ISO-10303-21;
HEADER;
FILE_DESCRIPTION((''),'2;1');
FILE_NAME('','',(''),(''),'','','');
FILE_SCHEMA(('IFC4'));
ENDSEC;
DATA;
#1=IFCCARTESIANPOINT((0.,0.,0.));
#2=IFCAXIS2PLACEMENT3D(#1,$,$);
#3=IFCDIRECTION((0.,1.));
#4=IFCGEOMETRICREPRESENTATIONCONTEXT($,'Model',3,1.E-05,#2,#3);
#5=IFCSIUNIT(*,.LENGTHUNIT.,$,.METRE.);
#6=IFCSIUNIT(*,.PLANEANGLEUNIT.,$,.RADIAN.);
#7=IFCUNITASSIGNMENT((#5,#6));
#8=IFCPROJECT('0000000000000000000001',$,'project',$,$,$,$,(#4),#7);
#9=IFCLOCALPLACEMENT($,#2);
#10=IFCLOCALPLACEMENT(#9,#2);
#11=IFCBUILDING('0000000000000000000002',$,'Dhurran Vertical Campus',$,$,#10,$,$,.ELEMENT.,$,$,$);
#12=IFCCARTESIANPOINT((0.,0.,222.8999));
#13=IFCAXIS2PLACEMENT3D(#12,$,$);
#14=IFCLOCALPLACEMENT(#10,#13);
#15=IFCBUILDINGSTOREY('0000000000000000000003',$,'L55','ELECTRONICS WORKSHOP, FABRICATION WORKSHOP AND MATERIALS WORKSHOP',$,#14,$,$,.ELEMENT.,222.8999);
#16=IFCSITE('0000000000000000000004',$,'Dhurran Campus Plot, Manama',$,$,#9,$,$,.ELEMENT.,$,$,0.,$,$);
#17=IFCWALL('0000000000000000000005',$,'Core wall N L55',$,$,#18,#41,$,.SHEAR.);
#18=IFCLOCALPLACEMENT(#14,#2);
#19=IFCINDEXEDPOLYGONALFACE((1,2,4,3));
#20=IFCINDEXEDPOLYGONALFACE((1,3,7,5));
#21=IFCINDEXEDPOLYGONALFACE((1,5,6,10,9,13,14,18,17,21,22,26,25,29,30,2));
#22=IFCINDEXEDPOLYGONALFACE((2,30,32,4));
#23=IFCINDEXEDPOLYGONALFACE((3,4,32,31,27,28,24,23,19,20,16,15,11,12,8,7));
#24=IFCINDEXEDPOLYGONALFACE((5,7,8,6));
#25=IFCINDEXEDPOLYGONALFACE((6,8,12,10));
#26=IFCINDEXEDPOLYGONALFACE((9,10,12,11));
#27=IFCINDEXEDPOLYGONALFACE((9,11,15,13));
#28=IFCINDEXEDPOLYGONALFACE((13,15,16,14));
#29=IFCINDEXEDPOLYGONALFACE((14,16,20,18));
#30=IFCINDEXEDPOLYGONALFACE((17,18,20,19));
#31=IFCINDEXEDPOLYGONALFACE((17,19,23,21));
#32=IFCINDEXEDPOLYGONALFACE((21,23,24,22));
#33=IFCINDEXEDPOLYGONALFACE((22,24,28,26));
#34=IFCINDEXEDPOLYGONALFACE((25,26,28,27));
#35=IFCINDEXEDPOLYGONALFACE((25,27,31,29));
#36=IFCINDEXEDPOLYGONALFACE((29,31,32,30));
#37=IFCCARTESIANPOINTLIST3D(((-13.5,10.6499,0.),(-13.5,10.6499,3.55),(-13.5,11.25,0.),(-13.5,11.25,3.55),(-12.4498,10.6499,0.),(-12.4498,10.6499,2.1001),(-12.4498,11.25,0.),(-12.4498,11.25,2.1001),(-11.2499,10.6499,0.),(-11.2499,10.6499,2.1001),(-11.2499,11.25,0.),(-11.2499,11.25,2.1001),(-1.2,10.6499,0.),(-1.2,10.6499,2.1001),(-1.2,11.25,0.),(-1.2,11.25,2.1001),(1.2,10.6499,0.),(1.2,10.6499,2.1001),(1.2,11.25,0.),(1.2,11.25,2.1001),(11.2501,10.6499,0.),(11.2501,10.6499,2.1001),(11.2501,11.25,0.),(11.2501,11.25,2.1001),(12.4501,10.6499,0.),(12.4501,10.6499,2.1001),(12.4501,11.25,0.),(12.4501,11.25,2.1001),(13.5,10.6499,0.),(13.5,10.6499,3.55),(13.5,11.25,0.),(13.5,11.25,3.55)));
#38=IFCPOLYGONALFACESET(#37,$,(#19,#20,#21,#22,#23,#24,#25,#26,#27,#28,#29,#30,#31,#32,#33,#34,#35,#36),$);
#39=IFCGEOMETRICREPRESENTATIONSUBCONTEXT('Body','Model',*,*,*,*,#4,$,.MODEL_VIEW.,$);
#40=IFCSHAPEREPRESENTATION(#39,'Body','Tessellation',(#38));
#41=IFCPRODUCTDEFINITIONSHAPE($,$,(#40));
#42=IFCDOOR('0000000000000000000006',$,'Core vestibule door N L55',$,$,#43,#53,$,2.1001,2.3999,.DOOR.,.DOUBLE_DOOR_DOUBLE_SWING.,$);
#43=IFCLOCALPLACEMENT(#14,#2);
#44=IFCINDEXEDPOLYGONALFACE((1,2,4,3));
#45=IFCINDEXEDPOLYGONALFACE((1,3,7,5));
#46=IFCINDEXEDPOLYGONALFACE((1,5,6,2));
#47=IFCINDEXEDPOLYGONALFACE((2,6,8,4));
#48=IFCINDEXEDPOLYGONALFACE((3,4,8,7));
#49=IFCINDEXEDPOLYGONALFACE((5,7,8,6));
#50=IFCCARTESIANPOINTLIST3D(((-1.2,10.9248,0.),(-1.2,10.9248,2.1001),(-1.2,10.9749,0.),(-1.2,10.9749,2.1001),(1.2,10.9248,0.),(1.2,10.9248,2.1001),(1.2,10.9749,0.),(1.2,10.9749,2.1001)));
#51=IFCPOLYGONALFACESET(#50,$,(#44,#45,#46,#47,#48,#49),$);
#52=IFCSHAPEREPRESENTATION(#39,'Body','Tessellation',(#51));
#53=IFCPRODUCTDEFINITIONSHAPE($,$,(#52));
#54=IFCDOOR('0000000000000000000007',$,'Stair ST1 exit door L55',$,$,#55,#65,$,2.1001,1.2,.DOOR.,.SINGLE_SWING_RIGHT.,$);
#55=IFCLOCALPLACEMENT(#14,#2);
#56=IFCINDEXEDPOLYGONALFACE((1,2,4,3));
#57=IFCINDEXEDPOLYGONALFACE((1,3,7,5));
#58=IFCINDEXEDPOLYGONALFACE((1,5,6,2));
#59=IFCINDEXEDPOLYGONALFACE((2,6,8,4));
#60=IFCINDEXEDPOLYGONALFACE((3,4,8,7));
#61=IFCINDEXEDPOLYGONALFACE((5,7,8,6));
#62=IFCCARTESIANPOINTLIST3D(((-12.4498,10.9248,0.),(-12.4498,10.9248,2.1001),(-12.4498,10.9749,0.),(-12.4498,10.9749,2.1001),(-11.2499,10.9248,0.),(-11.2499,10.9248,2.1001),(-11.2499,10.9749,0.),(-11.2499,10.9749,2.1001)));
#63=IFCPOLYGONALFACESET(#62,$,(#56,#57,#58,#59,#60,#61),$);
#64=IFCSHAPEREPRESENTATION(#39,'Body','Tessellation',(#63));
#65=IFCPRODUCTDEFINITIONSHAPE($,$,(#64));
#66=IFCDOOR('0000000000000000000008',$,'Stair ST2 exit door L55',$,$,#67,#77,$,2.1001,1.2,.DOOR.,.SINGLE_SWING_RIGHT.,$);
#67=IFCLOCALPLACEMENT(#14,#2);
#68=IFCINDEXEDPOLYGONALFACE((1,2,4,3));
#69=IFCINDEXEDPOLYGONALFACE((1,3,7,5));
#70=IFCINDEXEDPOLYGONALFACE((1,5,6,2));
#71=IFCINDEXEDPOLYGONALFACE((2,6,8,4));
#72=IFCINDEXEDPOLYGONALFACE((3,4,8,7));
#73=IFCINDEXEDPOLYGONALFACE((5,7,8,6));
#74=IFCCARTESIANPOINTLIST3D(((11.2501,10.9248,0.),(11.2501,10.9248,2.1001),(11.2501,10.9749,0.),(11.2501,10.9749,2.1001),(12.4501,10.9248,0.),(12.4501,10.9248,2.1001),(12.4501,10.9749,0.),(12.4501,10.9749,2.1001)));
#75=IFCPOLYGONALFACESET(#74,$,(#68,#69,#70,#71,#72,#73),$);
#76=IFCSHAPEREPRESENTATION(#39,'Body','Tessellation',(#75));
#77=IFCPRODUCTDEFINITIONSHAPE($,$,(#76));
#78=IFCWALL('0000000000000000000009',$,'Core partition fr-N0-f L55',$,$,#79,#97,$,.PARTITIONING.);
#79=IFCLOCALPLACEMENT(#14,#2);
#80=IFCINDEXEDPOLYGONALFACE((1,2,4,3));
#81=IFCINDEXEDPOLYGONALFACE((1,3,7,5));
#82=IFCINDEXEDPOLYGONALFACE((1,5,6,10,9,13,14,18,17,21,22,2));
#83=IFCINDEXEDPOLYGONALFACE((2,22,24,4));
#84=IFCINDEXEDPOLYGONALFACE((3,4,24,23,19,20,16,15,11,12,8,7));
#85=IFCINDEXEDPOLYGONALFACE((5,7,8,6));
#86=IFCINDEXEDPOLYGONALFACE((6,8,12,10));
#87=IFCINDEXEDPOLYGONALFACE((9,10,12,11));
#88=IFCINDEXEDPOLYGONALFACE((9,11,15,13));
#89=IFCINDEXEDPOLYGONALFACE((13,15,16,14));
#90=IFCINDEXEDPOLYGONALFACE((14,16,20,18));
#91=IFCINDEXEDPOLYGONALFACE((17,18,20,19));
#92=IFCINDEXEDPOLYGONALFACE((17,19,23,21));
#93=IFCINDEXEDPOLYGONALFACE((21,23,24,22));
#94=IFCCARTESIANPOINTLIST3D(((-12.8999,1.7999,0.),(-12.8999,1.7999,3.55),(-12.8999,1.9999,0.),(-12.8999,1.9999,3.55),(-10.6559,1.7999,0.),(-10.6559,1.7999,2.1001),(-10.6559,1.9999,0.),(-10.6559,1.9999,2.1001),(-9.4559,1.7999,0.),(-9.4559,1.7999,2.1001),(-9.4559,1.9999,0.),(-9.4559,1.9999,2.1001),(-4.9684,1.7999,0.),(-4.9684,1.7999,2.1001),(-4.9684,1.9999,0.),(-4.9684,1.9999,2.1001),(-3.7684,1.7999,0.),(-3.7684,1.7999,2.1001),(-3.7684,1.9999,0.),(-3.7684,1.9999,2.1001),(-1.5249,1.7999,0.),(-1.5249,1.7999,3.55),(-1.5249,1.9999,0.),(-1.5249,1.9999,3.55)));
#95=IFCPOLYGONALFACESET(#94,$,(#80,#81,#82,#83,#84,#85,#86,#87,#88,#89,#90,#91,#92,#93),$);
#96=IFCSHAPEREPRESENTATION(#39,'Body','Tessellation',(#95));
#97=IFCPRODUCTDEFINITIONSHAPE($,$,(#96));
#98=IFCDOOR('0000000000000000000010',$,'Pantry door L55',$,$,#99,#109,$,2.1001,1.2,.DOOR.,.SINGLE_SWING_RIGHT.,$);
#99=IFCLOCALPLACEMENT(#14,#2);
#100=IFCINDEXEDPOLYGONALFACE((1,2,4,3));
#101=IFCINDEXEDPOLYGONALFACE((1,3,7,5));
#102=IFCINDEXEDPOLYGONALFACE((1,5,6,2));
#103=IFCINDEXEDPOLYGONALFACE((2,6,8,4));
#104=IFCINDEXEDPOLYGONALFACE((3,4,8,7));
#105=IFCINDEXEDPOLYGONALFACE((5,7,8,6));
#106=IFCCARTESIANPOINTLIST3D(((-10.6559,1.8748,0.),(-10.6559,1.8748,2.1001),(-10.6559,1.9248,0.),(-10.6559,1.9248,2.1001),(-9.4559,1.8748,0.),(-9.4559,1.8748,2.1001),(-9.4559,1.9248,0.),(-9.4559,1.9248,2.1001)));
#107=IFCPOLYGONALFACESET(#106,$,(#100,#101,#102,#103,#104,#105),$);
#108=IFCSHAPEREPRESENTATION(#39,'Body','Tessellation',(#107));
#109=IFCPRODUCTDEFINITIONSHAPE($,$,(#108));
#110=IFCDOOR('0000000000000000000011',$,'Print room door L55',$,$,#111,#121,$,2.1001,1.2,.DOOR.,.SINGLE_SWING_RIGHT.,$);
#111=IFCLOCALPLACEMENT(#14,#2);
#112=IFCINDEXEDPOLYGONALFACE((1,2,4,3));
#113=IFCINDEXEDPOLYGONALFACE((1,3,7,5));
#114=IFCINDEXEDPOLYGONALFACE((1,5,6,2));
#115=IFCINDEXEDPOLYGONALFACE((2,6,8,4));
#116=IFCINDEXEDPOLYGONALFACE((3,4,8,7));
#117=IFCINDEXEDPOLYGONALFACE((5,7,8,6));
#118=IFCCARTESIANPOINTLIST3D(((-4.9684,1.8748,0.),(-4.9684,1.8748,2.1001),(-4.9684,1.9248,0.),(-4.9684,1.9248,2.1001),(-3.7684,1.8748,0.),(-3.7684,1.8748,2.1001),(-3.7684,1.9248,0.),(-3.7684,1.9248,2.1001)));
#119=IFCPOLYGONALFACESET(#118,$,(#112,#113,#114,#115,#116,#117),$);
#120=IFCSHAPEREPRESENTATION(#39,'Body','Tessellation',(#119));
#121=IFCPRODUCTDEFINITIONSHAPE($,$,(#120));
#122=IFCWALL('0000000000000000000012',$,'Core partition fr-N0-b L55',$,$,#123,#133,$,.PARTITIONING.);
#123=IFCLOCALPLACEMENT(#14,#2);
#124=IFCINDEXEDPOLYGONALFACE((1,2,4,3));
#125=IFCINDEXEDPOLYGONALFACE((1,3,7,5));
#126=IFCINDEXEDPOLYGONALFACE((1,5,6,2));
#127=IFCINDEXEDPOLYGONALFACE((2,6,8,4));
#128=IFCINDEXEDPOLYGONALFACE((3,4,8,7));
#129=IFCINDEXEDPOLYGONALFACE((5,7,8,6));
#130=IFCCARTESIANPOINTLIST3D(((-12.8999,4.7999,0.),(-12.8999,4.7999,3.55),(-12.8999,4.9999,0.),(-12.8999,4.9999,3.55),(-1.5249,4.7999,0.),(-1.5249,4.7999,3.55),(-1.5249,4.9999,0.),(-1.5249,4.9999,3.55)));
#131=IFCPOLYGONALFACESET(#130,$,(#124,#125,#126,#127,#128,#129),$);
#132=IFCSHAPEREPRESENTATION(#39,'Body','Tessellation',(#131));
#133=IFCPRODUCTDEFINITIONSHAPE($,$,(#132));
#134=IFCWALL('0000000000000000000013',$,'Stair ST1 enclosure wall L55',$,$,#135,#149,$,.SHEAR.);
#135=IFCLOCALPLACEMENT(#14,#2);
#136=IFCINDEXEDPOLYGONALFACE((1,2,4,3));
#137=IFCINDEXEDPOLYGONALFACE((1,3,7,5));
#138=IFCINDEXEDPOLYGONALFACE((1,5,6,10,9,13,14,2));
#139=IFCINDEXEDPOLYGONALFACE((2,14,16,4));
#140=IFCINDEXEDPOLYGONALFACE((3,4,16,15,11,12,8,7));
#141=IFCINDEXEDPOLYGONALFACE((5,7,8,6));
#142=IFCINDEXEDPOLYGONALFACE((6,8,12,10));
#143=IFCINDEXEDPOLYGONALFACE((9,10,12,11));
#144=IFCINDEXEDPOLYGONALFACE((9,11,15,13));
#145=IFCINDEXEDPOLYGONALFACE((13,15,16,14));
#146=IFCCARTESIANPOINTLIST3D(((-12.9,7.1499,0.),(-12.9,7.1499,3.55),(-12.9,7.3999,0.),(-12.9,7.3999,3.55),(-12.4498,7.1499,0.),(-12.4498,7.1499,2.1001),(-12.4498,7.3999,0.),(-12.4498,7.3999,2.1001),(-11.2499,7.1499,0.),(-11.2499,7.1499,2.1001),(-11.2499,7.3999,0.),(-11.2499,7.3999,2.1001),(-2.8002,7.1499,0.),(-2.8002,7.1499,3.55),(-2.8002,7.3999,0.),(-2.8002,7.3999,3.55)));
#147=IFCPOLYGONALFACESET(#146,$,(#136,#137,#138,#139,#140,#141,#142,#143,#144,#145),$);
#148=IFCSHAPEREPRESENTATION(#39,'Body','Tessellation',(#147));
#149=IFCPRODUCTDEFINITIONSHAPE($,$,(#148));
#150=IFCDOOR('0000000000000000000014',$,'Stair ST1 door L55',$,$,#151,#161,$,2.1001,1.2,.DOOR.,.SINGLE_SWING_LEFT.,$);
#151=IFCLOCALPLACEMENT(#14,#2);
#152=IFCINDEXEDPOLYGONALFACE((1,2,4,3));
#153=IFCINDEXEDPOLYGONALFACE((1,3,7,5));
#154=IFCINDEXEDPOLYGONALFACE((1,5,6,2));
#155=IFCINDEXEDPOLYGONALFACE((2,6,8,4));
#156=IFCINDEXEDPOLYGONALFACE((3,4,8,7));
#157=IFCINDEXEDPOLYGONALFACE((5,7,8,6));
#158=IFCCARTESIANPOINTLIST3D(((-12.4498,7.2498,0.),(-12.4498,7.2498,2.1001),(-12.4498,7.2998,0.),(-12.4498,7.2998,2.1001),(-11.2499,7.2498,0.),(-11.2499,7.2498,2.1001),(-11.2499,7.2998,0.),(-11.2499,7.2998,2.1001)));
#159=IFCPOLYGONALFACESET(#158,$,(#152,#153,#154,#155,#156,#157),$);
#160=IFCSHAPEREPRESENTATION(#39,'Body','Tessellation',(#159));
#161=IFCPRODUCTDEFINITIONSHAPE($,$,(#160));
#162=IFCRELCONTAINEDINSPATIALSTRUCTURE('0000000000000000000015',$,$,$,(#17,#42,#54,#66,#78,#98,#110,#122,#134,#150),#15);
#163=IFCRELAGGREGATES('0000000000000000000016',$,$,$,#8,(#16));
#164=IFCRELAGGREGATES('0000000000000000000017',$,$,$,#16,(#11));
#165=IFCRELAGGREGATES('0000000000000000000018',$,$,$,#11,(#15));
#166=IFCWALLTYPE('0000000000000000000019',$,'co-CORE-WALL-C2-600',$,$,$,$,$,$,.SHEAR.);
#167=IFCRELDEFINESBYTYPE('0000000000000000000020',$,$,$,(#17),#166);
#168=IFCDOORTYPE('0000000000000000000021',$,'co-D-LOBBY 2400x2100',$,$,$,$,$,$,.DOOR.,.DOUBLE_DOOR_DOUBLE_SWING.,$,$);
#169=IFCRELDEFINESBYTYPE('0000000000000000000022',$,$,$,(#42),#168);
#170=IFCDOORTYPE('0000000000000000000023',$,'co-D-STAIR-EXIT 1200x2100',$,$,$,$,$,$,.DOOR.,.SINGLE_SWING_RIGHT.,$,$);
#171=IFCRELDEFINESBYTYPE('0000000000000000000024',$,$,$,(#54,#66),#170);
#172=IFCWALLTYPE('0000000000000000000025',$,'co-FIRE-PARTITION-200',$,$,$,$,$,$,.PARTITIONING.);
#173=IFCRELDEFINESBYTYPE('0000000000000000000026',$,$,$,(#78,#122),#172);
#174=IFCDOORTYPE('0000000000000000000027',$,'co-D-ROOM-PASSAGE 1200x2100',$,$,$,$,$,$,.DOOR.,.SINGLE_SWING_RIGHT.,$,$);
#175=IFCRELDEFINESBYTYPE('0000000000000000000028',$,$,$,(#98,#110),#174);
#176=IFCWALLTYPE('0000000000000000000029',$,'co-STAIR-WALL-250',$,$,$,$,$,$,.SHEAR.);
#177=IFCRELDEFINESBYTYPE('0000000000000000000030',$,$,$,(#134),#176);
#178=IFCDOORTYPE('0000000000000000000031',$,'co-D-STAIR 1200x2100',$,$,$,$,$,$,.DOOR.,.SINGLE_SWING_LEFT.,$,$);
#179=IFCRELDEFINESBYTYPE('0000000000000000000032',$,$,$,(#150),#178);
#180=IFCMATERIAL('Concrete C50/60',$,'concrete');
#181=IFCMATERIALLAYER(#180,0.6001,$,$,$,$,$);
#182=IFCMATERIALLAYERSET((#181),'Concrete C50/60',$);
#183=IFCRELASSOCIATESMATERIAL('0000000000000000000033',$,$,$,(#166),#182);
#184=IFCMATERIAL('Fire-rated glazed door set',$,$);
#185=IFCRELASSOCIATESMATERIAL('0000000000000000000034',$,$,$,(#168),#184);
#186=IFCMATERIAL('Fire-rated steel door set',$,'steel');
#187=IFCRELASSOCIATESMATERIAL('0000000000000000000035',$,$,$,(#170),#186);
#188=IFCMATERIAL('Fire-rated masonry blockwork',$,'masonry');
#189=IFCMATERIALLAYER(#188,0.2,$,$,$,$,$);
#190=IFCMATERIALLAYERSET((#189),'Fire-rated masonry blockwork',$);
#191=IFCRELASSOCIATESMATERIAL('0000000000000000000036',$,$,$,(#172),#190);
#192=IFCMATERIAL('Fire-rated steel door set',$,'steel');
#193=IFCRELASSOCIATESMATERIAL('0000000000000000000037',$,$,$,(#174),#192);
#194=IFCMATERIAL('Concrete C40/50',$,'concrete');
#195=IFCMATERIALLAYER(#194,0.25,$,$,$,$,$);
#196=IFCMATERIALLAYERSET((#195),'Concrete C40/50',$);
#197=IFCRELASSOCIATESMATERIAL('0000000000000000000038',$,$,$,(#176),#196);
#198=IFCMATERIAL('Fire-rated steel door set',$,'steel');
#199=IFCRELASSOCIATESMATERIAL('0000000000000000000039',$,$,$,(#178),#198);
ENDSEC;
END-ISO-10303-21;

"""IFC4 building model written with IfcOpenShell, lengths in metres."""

from ifc_helpers import new_model, si_unit, direction, frame, frame_2d, origin, place, context, subcontext, project, spatial, rectangle, extrude, material, layer, layer_set, type_object, element, fill, save


model = new_model("IFC4")

# Units and contexts
model_context = context("Model", 3, precision=1e-05, world=origin(), true_north=direction((0.0, 1.0)))
body_context = subcontext(model_context, "Body", "Model", "MODEL_VIEW")
ifc_project = project(units=[si_unit("LENGTHUNIT", "METRE"), si_unit("PLANEANGLEUNIT", "RADIAN")], contexts=[model_context])

# Site, building, storey
site_placement = place(None, origin())
site = spatial("IfcSite", under=ifc_project, at=site_placement, Name="Dhurran Campus Plot, Manama", CompositionType="ELEMENT", RefElevation=0.0)
building_placement = place(site_placement, origin())
building = spatial("IfcBuilding", under=site, at=building_placement, Name="Dhurran Vertical Campus", CompositionType="ELEMENT")
storey_placement = place(building_placement, frame((0.0, 0.0, 222.8999)))
storey = spatial("IfcBuildingStorey", under=building, at=storey_placement, Name="L55", Description="ELECTRONICS WORKSHOP, FABRICATION WORKSHOP AND MATERIALS WORKSHOP", CompositionType="ELEMENT", Elevation=222.8999)

# Walls, openings, doors
ifc_material_1 = material(Name="Concrete C50/60", Category="concrete")
ifc_layer_1 = layer(ifc_material_1, 0.6001)
ifc_layer_set_1 = layer_set([ifc_layer_1], Name="Concrete C50/60")
wall_type_1 = type_object("IfcWallType", Name="co-CORE-WALL-C2-600", PredefinedType="SHEAR", material=ifc_layer_set_1)
wall_1_placement = place(storey_placement, frame((-13.5, 10.95, 0.0), z_axis=(0.0, 0.0, 1.0), x_axis=(1.0, 0.0, 0.0)))
wall_1 = element("IfcWall", 1, at=wall_1_placement, inside=storey, type_object=wall_type_1, Name="Core wall N L55", PredefinedType="SHEAR", context=body_context, shape_type="SweptSolid", body=[
    extrude(rectangle(XDim=27.0, YDim=0.6001, at=frame_2d((13.5, 0.0))), origin(), (0.0, 0.0, 1.0), 3.55),
])
opening_1_placement = place(wall_1_placement, frame((12.3, 0.0, 0.0)))
opening_1 = element("IfcOpeningElement", 2, at=opening_1_placement, cuts=wall_1, PredefinedType="OPENING", context=body_context, shape_type="SweptSolid", body=[
    extrude(rectangle(XDim=2.3999, YDim=2.1001, at=frame_2d((1.2, 1.05))), frame((0.0, 0.3101, 0.0), z_axis=(0.0, -1.0, 0.0), x_axis=(1.0, 0.0, 0.0)), (0.0, 0.0, 1.0), 0.6201),
])
opening_2_placement = place(wall_1_placement, frame((1.05, 0.0, 0.0)))
opening_2 = element("IfcOpeningElement", 3, at=opening_2_placement, cuts=wall_1, PredefinedType="OPENING", context=body_context, shape_type="SweptSolid", body=[
    extrude(rectangle(XDim=1.2, YDim=2.1001, at=frame_2d((0.6001, 1.05))), frame((0.0, 0.3101, 0.0), z_axis=(0.0, -1.0, 0.0), x_axis=(1.0, 0.0, 0.0)), (0.0, 0.0, 1.0), 0.6201),
])
opening_3_placement = place(wall_1_placement, frame((24.75, 0.0, 0.0)))
opening_3 = element("IfcOpeningElement", 4, at=opening_3_placement, cuts=wall_1, PredefinedType="OPENING", context=body_context, shape_type="SweptSolid", body=[
    extrude(rectangle(XDim=1.2, YDim=2.1001, at=frame_2d((0.6001, 1.05))), frame((0.0, 0.3101, 0.0), z_axis=(0.0, -1.0, 0.0), x_axis=(1.0, 0.0, 0.0)), (0.0, 0.0, 1.0), 0.6201),
])
ifc_material_2 = material(Name="Fire-rated glazed door set")
door_type_1 = type_object("IfcDoorType", Name="co-D-LOBBY 2400x2100", OperationType="DOUBLE_DOOR_DOUBLE_SWING", PredefinedType="DOOR", material=ifc_material_2)
door_1_placement = place(opening_1_placement, origin())
door_1 = element("IfcDoor", 5, at=door_1_placement, inside=storey, type_object=door_type_1, Name="Core vestibule door N L55", OperationType="DOUBLE_DOOR_DOUBLE_SWING", OverallHeight=2.1001, OverallWidth=2.3999, PredefinedType="DOOR", context=body_context, shape_type="SweptSolid", body=[
    extrude(rectangle(XDim=2.3999, YDim=2.1001, at=frame_2d((1.2, 1.05))), frame((0.0, 0.0249, 0.0), z_axis=(0.0, -1.0, 0.0), x_axis=(1.0, 0.0, 0.0)), (0.0, 0.0, 1.0), 0.05),
])
fill(opening_1, door_1)
ifc_material_3 = material(Name="Fire-rated steel door set", Category="steel")
door_type_2 = type_object("IfcDoorType", Name="co-D-STAIR-EXIT 1200x2100", OperationType="SINGLE_SWING_RIGHT", PredefinedType="DOOR", material=ifc_material_3)
door_2_placement = place(opening_2_placement, origin())
door_2 = element("IfcDoor", 6, at=door_2_placement, inside=storey, type_object=door_type_2, Name="Stair ST1 exit door L55", OperationType="SINGLE_SWING_RIGHT", OverallHeight=2.1001, OverallWidth=1.2, PredefinedType="DOOR", context=body_context, shape_type="SweptSolid", body=[
    extrude(rectangle(XDim=1.2, YDim=2.1001, at=frame_2d((0.6001, 1.05))), frame((0.0, 0.0249, 0.0), z_axis=(0.0, -1.0, 0.0), x_axis=(1.0, 0.0, 0.0)), (0.0, 0.0, 1.0), 0.05),
])
fill(opening_2, door_2)
door_3_placement = place(opening_3_placement, origin())
door_3 = element("IfcDoor", 7, at=door_3_placement, inside=storey, type_object=door_type_2, Name="Stair ST2 exit door L55", OperationType="SINGLE_SWING_RIGHT", OverallHeight=2.1001, OverallWidth=1.2, PredefinedType="DOOR", context=body_context, shape_type="SweptSolid", body=[
    extrude(rectangle(XDim=1.2, YDim=2.1001, at=frame_2d((0.6001, 1.05))), frame((0.0, 0.0249, 0.0), z_axis=(0.0, -1.0, 0.0), x_axis=(1.0, 0.0, 0.0)), (0.0, 0.0, 1.0), 0.05),
])
fill(opening_3, door_3)
ifc_material_4 = material(Name="Fire-rated masonry blockwork", Category="masonry")
ifc_layer_2 = layer(ifc_material_4, 0.2)
ifc_layer_set_2 = layer_set([ifc_layer_2], Name="Fire-rated masonry blockwork")
wall_type_2 = type_object("IfcWallType", Name="co-FIRE-PARTITION-200", PredefinedType="PARTITIONING", material=ifc_layer_set_2)
wall_2_placement = place(storey_placement, frame((-12.8999, 1.8999, 0.0), z_axis=(0.0, 0.0, 1.0), x_axis=(1.0, 0.0, 0.0)))
wall_2 = element("IfcWall", 8, at=wall_2_placement, inside=storey, type_object=wall_type_2, Name="Core partition fr-N0-f L55", PredefinedType="PARTITIONING", context=body_context, shape_type="SweptSolid", body=[
    extrude(rectangle(XDim=11.375, YDim=0.2, at=frame_2d((5.6875, 0.0))), origin(), (0.0, 0.0, 1.0), 3.55),
])
opening_4_placement = place(wall_2_placement, frame((2.2439, 0.0, 0.0)))
opening_4 = element("IfcOpeningElement", 9, at=opening_4_placement, cuts=wall_2, PredefinedType="OPENING", context=body_context, shape_type="SweptSolid", body=[
    extrude(rectangle(XDim=1.2, YDim=2.1001, at=frame_2d((0.6001, 1.05))), frame((0.0, 0.1099, 0.0), z_axis=(0.0, -1.0, 0.0), x_axis=(1.0, 0.0, 0.0)), (0.0, 0.0, 1.0), 0.22),
])
opening_5_placement = place(wall_2_placement, frame((7.9314, 0.0, 0.0)))
opening_5 = element("IfcOpeningElement", 10, at=opening_5_placement, cuts=wall_2, PredefinedType="OPENING", context=body_context, shape_type="SweptSolid", body=[
    extrude(rectangle(XDim=1.2, YDim=2.1001, at=frame_2d((0.6001, 1.05))), frame((0.0, 0.1099, 0.0), z_axis=(0.0, -1.0, 0.0), x_axis=(1.0, 0.0, 0.0)), (0.0, 0.0, 1.0), 0.22),
])
ifc_material_5 = material(Name="Fire-rated steel door set", Category="steel")
door_type_3 = type_object("IfcDoorType", Name="co-D-ROOM-PASSAGE 1200x2100", OperationType="SINGLE_SWING_RIGHT", PredefinedType="DOOR", material=ifc_material_5)
door_4_placement = place(opening_4_placement, origin())
door_4 = element("IfcDoor", 11, at=door_4_placement, inside=storey, type_object=door_type_3, Name="Pantry door L55", OperationType="SINGLE_SWING_RIGHT", OverallHeight=2.1001, OverallWidth=1.2, PredefinedType="DOOR", context=body_context, shape_type="SweptSolid", body=[
    extrude(rectangle(XDim=1.2, YDim=2.1001, at=frame_2d((0.6001, 1.05))), frame((0.0, 0.0249, 0.0), z_axis=(0.0, -1.0, 0.0), x_axis=(1.0, 0.0, 0.0)), (0.0, 0.0, 1.0), 0.05),
])
fill(opening_4, door_4)
door_5_placement = place(opening_5_placement, origin())
door_5 = element("IfcDoor", 12, at=door_5_placement, inside=storey, type_object=door_type_3, Name="Print room door L55", OperationType="SINGLE_SWING_RIGHT", OverallHeight=2.1001, OverallWidth=1.2, PredefinedType="DOOR", context=body_context, shape_type="SweptSolid", body=[
    extrude(rectangle(XDim=1.2, YDim=2.1001, at=frame_2d((0.6001, 1.05))), frame((0.0, 0.0249, 0.0), z_axis=(0.0, -1.0, 0.0), x_axis=(1.0, 0.0, 0.0)), (0.0, 0.0, 1.0), 0.05),
])
fill(opening_5, door_5)

# Wall
wall_3_placement = place(storey_placement, frame((-12.8999, 4.8999, 0.0), z_axis=(0.0, 0.0, 1.0), x_axis=(1.0, 0.0, 0.0)))
element("IfcWall", 13, at=wall_3_placement, inside=storey, type_object=wall_type_2, Name="Core partition fr-N0-b L55", PredefinedType="PARTITIONING", context=body_context, shape_type="SweptSolid", body=[
    extrude(rectangle(XDim=11.375, YDim=0.2, at=frame_2d((5.6875, 0.0))), origin(), (0.0, 0.0, 1.0), 3.55),
])

# Wall, opening, door
ifc_material_6 = material(Name="Concrete C40/50", Category="concrete")
ifc_layer_3 = layer(ifc_material_6, 0.25)
ifc_layer_set_3 = layer_set([ifc_layer_3], Name="Concrete C40/50")
wall_type_3 = type_object("IfcWallType", Name="co-STAIR-WALL-250", PredefinedType="SHEAR", material=ifc_layer_set_3)
wall_4_placement = place(storey_placement, frame((-12.8999, 7.2749, 0.0), z_axis=(0.0, 0.0, 1.0), x_axis=(1.0, 0.0, 0.0)))
wall_4 = element("IfcWall", 14, at=wall_4_placement, inside=storey, type_object=wall_type_3, Name="Stair ST1 enclosure wall L55", PredefinedType="SHEAR", context=body_context, shape_type="SweptSolid", body=[
    extrude(rectangle(XDim=10.0999, YDim=0.25, at=frame_2d((5.0498, 0.0))), origin(), (0.0, 0.0, 1.0), 3.55),
])
opening_6_placement = place(wall_4_placement, frame((0.45, 0.0, 0.0)))
opening_6 = element("IfcOpeningElement", 15, at=opening_6_placement, cuts=wall_4, PredefinedType="OPENING", context=body_context, shape_type="SweptSolid", body=[
    extrude(rectangle(XDim=1.2, YDim=2.1001, at=frame_2d((0.6001, 1.05))), frame((0.0, 0.135, 0.0), z_axis=(0.0, -1.0, 0.0), x_axis=(1.0, 0.0, 0.0)), (0.0, 0.0, 1.0), 0.27),
])
ifc_material_7 = material(Name="Fire-rated steel door set", Category="steel")
door_type_4 = type_object("IfcDoorType", Name="co-D-STAIR 1200x2100", OperationType="SINGLE_SWING_LEFT", PredefinedType="DOOR", material=ifc_material_7)
door_6_placement = place(opening_6_placement, origin())
door_6 = element("IfcDoor", 16, at=door_6_placement, inside=storey, type_object=door_type_4, Name="Stair ST1 door L55", OperationType="SINGLE_SWING_LEFT", OverallHeight=2.1001, OverallWidth=1.2, PredefinedType="DOOR", context=body_context, shape_type="SweptSolid", body=[
    extrude(rectangle(XDim=1.2, YDim=2.1001, at=frame_2d((0.6001, 1.05))), frame((0.0, 0.0249, 0.0), z_axis=(0.0, -1.0, 0.0), x_axis=(1.0, 0.0, 0.0)), (0.0, 0.0, 1.0), 0.05),
])
fill(opening_6, door_6)

save(model, "model.ifc")
